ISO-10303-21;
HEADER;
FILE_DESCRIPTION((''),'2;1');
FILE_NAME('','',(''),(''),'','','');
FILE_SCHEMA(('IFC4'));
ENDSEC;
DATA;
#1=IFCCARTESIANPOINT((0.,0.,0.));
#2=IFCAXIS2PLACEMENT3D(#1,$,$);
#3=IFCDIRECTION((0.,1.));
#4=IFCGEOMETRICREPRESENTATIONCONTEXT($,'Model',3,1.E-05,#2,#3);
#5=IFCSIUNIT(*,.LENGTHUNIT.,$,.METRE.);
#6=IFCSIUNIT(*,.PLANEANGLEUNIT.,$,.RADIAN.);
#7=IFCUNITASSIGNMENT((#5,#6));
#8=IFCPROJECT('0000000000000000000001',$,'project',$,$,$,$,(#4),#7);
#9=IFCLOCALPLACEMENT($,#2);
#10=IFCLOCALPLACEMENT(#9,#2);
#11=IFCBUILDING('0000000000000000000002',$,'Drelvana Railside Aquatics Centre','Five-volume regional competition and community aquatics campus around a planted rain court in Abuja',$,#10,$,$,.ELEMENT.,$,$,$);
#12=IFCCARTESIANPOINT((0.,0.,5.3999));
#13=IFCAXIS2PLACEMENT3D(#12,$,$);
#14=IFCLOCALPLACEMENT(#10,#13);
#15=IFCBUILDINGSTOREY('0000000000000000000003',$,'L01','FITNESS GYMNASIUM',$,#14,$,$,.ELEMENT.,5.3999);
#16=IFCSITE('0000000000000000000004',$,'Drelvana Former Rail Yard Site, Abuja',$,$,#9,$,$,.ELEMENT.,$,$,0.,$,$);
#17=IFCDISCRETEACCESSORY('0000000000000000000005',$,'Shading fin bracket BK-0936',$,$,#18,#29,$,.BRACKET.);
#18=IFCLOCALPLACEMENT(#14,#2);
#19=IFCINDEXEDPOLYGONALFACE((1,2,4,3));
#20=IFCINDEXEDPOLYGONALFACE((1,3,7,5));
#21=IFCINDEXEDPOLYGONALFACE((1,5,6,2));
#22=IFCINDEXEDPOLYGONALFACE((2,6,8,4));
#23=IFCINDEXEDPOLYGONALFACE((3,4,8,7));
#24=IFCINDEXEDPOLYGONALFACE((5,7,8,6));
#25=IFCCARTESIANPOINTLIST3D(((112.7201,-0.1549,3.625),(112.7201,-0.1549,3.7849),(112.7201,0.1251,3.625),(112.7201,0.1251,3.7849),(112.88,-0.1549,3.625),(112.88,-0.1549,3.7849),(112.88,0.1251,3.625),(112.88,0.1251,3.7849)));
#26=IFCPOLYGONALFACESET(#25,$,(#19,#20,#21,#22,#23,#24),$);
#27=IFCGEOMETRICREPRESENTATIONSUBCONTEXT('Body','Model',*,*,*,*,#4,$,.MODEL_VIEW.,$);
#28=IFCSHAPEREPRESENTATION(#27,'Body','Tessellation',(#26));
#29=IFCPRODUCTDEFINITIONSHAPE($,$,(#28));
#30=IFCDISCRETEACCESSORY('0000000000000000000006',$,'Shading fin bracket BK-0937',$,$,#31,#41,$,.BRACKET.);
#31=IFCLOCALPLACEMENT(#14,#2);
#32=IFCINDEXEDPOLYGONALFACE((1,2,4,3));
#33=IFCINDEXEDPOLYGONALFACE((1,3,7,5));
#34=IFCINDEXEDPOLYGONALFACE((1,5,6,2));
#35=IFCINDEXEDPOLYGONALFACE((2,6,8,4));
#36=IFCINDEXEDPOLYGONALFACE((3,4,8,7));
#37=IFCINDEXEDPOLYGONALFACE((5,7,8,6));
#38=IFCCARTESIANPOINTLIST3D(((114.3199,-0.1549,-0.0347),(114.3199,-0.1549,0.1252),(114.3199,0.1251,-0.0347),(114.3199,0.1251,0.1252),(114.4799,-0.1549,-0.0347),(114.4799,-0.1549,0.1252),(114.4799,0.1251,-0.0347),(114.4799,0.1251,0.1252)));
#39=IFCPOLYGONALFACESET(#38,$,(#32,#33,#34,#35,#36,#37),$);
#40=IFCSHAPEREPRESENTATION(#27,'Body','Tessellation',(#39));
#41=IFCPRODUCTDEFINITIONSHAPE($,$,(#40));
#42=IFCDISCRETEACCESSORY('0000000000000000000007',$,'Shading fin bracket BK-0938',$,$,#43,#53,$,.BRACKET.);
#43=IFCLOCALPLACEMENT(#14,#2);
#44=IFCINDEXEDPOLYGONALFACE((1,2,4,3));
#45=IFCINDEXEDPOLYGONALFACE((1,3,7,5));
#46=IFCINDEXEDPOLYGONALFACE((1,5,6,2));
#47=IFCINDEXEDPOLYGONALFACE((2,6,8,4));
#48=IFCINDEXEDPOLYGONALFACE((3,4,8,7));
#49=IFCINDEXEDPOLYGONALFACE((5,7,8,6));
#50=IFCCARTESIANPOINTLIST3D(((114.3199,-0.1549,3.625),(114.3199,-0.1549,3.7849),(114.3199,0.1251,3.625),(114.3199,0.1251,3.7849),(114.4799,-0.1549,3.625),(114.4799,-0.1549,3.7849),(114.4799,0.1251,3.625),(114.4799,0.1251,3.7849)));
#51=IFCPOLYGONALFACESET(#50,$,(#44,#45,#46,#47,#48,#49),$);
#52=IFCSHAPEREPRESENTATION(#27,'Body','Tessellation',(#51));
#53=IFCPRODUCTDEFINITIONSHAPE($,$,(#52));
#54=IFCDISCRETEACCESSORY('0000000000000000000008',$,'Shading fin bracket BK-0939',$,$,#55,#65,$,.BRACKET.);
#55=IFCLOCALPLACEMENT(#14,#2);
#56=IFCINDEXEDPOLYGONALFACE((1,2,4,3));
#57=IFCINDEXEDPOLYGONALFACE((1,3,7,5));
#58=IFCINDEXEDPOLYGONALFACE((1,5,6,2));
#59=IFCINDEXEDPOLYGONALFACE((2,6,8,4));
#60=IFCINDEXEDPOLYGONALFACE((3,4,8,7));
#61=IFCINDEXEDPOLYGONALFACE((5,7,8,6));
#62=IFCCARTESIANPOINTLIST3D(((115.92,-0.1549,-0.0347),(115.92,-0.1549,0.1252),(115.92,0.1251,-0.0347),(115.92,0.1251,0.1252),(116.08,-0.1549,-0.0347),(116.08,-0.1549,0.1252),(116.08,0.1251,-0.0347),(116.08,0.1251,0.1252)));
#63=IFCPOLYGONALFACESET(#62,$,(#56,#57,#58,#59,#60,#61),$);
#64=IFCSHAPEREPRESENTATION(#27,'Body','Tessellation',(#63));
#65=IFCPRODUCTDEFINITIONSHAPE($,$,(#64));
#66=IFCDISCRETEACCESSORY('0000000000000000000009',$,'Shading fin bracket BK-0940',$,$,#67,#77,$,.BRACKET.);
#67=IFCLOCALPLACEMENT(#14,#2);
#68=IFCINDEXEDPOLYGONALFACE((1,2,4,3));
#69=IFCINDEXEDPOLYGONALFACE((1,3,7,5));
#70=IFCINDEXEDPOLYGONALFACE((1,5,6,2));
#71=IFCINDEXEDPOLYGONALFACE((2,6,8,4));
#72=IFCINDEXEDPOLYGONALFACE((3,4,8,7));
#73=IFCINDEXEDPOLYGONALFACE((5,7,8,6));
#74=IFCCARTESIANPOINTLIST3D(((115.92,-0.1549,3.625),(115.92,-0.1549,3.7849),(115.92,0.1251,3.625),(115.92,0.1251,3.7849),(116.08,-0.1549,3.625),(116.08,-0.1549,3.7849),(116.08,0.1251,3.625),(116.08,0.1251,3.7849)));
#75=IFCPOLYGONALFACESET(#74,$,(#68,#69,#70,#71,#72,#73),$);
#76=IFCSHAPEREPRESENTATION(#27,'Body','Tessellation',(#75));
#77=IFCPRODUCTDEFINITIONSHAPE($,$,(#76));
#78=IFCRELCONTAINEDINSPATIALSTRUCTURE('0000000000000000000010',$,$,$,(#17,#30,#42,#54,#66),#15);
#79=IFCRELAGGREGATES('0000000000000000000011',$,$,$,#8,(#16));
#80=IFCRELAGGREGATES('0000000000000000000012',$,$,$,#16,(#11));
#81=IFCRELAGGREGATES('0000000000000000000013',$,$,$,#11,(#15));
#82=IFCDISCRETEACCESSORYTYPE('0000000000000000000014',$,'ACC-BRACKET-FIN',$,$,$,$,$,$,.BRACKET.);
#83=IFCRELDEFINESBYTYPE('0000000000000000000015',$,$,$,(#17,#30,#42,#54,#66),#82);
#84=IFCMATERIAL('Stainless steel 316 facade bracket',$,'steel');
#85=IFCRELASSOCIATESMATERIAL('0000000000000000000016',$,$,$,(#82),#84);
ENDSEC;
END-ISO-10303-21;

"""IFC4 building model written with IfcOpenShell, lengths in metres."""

from ifc_helpers import new_model, si_unit, direction, frame, origin, origin_2d, place, context, subcontext, project, spatial, rectangle, extrude, material, type_object, element, save


model = new_model("IFC4")

# Units and contexts
model_context = context("Model", 3, precision=1e-05, world=origin(), true_north=direction((0.0, 1.0)))
body_context = subcontext(model_context, "Body", "Model", "MODEL_VIEW")
ifc_project = project(units=[si_unit("LENGTHUNIT", "METRE"), si_unit("PLANEANGLEUNIT", "RADIAN")], contexts=[model_context])

# Site, building, storey
site_placement = place(None, origin())
site = spatial("IfcSite", under=ifc_project, at=site_placement, Name="Drelvana Former Rail Yard Site, Abuja", CompositionType="ELEMENT", RefElevation=0.0)
building_placement = place(site_placement, origin())
building = spatial("IfcBuilding", under=site, at=building_placement, Name="Drelvana Railside Aquatics Centre", Description="Five-volume regional competition and community aquatics campus around a planted rain court in Abuja", CompositionType="ELEMENT")
storey_placement = place(building_placement, frame((0.0, 0.0, 5.3999)))
storey = spatial("IfcBuildingStorey", under=building, at=storey_placement, Name="L01", Description="FITNESS GYMNASIUM", CompositionType="ELEMENT", Elevation=5.3999)

# Discrete accessories
ifc_material_1 = material(Name="Stainless steel 316 facade bracket", Category="steel")
discrete_accessory_type = type_object("IfcDiscreteAccessoryType", Name="ACC-BRACKET-FIN", PredefinedType="BRACKET", material=ifc_material_1)
for number, where, z_axis, x_axis, name in (
    (1, (112.8, -0.0149, 3.625), (0.0, 0.0, 1.0), (0.0, -1.0, 0.0), "Shading fin bracket BK-0936"),
    (2, (114.3999, -0.0149, -0.0347), (0.0, 0.0, 1.0), (0.0, -1.0, 0.0), "Shading fin bracket BK-0937"),
    (3, (114.3999, -0.0149, 3.625), (0.0, 0.0, 1.0), (0.0, -1.0, 0.0), "Shading fin bracket BK-0938"),
    (4, (116.0, -0.0149, -0.0347), (0.0, 0.0, 1.0), (0.0, -1.0, 0.0), "Shading fin bracket BK-0939"),
    (5, (116.0, -0.0149, 3.625), (0.0, 0.0, 1.0), (0.0, -1.0, 0.0), "Shading fin bracket BK-0940"),
):
    element("IfcDiscreteAccessory", number, at=place(storey_placement, frame(where, z_axis=z_axis, x_axis=x_axis)), inside=storey, type_object=discrete_accessory_type, Name=name, PredefinedType="BRACKET", context=body_context, shape_type="SweptSolid", body=[
        extrude(rectangle(XDim=0.28, YDim=0.1599, at=origin_2d()), origin(), (0.0, 0.0, 1.0), 0.1599),
    ])

save(model, "model.ifc")
